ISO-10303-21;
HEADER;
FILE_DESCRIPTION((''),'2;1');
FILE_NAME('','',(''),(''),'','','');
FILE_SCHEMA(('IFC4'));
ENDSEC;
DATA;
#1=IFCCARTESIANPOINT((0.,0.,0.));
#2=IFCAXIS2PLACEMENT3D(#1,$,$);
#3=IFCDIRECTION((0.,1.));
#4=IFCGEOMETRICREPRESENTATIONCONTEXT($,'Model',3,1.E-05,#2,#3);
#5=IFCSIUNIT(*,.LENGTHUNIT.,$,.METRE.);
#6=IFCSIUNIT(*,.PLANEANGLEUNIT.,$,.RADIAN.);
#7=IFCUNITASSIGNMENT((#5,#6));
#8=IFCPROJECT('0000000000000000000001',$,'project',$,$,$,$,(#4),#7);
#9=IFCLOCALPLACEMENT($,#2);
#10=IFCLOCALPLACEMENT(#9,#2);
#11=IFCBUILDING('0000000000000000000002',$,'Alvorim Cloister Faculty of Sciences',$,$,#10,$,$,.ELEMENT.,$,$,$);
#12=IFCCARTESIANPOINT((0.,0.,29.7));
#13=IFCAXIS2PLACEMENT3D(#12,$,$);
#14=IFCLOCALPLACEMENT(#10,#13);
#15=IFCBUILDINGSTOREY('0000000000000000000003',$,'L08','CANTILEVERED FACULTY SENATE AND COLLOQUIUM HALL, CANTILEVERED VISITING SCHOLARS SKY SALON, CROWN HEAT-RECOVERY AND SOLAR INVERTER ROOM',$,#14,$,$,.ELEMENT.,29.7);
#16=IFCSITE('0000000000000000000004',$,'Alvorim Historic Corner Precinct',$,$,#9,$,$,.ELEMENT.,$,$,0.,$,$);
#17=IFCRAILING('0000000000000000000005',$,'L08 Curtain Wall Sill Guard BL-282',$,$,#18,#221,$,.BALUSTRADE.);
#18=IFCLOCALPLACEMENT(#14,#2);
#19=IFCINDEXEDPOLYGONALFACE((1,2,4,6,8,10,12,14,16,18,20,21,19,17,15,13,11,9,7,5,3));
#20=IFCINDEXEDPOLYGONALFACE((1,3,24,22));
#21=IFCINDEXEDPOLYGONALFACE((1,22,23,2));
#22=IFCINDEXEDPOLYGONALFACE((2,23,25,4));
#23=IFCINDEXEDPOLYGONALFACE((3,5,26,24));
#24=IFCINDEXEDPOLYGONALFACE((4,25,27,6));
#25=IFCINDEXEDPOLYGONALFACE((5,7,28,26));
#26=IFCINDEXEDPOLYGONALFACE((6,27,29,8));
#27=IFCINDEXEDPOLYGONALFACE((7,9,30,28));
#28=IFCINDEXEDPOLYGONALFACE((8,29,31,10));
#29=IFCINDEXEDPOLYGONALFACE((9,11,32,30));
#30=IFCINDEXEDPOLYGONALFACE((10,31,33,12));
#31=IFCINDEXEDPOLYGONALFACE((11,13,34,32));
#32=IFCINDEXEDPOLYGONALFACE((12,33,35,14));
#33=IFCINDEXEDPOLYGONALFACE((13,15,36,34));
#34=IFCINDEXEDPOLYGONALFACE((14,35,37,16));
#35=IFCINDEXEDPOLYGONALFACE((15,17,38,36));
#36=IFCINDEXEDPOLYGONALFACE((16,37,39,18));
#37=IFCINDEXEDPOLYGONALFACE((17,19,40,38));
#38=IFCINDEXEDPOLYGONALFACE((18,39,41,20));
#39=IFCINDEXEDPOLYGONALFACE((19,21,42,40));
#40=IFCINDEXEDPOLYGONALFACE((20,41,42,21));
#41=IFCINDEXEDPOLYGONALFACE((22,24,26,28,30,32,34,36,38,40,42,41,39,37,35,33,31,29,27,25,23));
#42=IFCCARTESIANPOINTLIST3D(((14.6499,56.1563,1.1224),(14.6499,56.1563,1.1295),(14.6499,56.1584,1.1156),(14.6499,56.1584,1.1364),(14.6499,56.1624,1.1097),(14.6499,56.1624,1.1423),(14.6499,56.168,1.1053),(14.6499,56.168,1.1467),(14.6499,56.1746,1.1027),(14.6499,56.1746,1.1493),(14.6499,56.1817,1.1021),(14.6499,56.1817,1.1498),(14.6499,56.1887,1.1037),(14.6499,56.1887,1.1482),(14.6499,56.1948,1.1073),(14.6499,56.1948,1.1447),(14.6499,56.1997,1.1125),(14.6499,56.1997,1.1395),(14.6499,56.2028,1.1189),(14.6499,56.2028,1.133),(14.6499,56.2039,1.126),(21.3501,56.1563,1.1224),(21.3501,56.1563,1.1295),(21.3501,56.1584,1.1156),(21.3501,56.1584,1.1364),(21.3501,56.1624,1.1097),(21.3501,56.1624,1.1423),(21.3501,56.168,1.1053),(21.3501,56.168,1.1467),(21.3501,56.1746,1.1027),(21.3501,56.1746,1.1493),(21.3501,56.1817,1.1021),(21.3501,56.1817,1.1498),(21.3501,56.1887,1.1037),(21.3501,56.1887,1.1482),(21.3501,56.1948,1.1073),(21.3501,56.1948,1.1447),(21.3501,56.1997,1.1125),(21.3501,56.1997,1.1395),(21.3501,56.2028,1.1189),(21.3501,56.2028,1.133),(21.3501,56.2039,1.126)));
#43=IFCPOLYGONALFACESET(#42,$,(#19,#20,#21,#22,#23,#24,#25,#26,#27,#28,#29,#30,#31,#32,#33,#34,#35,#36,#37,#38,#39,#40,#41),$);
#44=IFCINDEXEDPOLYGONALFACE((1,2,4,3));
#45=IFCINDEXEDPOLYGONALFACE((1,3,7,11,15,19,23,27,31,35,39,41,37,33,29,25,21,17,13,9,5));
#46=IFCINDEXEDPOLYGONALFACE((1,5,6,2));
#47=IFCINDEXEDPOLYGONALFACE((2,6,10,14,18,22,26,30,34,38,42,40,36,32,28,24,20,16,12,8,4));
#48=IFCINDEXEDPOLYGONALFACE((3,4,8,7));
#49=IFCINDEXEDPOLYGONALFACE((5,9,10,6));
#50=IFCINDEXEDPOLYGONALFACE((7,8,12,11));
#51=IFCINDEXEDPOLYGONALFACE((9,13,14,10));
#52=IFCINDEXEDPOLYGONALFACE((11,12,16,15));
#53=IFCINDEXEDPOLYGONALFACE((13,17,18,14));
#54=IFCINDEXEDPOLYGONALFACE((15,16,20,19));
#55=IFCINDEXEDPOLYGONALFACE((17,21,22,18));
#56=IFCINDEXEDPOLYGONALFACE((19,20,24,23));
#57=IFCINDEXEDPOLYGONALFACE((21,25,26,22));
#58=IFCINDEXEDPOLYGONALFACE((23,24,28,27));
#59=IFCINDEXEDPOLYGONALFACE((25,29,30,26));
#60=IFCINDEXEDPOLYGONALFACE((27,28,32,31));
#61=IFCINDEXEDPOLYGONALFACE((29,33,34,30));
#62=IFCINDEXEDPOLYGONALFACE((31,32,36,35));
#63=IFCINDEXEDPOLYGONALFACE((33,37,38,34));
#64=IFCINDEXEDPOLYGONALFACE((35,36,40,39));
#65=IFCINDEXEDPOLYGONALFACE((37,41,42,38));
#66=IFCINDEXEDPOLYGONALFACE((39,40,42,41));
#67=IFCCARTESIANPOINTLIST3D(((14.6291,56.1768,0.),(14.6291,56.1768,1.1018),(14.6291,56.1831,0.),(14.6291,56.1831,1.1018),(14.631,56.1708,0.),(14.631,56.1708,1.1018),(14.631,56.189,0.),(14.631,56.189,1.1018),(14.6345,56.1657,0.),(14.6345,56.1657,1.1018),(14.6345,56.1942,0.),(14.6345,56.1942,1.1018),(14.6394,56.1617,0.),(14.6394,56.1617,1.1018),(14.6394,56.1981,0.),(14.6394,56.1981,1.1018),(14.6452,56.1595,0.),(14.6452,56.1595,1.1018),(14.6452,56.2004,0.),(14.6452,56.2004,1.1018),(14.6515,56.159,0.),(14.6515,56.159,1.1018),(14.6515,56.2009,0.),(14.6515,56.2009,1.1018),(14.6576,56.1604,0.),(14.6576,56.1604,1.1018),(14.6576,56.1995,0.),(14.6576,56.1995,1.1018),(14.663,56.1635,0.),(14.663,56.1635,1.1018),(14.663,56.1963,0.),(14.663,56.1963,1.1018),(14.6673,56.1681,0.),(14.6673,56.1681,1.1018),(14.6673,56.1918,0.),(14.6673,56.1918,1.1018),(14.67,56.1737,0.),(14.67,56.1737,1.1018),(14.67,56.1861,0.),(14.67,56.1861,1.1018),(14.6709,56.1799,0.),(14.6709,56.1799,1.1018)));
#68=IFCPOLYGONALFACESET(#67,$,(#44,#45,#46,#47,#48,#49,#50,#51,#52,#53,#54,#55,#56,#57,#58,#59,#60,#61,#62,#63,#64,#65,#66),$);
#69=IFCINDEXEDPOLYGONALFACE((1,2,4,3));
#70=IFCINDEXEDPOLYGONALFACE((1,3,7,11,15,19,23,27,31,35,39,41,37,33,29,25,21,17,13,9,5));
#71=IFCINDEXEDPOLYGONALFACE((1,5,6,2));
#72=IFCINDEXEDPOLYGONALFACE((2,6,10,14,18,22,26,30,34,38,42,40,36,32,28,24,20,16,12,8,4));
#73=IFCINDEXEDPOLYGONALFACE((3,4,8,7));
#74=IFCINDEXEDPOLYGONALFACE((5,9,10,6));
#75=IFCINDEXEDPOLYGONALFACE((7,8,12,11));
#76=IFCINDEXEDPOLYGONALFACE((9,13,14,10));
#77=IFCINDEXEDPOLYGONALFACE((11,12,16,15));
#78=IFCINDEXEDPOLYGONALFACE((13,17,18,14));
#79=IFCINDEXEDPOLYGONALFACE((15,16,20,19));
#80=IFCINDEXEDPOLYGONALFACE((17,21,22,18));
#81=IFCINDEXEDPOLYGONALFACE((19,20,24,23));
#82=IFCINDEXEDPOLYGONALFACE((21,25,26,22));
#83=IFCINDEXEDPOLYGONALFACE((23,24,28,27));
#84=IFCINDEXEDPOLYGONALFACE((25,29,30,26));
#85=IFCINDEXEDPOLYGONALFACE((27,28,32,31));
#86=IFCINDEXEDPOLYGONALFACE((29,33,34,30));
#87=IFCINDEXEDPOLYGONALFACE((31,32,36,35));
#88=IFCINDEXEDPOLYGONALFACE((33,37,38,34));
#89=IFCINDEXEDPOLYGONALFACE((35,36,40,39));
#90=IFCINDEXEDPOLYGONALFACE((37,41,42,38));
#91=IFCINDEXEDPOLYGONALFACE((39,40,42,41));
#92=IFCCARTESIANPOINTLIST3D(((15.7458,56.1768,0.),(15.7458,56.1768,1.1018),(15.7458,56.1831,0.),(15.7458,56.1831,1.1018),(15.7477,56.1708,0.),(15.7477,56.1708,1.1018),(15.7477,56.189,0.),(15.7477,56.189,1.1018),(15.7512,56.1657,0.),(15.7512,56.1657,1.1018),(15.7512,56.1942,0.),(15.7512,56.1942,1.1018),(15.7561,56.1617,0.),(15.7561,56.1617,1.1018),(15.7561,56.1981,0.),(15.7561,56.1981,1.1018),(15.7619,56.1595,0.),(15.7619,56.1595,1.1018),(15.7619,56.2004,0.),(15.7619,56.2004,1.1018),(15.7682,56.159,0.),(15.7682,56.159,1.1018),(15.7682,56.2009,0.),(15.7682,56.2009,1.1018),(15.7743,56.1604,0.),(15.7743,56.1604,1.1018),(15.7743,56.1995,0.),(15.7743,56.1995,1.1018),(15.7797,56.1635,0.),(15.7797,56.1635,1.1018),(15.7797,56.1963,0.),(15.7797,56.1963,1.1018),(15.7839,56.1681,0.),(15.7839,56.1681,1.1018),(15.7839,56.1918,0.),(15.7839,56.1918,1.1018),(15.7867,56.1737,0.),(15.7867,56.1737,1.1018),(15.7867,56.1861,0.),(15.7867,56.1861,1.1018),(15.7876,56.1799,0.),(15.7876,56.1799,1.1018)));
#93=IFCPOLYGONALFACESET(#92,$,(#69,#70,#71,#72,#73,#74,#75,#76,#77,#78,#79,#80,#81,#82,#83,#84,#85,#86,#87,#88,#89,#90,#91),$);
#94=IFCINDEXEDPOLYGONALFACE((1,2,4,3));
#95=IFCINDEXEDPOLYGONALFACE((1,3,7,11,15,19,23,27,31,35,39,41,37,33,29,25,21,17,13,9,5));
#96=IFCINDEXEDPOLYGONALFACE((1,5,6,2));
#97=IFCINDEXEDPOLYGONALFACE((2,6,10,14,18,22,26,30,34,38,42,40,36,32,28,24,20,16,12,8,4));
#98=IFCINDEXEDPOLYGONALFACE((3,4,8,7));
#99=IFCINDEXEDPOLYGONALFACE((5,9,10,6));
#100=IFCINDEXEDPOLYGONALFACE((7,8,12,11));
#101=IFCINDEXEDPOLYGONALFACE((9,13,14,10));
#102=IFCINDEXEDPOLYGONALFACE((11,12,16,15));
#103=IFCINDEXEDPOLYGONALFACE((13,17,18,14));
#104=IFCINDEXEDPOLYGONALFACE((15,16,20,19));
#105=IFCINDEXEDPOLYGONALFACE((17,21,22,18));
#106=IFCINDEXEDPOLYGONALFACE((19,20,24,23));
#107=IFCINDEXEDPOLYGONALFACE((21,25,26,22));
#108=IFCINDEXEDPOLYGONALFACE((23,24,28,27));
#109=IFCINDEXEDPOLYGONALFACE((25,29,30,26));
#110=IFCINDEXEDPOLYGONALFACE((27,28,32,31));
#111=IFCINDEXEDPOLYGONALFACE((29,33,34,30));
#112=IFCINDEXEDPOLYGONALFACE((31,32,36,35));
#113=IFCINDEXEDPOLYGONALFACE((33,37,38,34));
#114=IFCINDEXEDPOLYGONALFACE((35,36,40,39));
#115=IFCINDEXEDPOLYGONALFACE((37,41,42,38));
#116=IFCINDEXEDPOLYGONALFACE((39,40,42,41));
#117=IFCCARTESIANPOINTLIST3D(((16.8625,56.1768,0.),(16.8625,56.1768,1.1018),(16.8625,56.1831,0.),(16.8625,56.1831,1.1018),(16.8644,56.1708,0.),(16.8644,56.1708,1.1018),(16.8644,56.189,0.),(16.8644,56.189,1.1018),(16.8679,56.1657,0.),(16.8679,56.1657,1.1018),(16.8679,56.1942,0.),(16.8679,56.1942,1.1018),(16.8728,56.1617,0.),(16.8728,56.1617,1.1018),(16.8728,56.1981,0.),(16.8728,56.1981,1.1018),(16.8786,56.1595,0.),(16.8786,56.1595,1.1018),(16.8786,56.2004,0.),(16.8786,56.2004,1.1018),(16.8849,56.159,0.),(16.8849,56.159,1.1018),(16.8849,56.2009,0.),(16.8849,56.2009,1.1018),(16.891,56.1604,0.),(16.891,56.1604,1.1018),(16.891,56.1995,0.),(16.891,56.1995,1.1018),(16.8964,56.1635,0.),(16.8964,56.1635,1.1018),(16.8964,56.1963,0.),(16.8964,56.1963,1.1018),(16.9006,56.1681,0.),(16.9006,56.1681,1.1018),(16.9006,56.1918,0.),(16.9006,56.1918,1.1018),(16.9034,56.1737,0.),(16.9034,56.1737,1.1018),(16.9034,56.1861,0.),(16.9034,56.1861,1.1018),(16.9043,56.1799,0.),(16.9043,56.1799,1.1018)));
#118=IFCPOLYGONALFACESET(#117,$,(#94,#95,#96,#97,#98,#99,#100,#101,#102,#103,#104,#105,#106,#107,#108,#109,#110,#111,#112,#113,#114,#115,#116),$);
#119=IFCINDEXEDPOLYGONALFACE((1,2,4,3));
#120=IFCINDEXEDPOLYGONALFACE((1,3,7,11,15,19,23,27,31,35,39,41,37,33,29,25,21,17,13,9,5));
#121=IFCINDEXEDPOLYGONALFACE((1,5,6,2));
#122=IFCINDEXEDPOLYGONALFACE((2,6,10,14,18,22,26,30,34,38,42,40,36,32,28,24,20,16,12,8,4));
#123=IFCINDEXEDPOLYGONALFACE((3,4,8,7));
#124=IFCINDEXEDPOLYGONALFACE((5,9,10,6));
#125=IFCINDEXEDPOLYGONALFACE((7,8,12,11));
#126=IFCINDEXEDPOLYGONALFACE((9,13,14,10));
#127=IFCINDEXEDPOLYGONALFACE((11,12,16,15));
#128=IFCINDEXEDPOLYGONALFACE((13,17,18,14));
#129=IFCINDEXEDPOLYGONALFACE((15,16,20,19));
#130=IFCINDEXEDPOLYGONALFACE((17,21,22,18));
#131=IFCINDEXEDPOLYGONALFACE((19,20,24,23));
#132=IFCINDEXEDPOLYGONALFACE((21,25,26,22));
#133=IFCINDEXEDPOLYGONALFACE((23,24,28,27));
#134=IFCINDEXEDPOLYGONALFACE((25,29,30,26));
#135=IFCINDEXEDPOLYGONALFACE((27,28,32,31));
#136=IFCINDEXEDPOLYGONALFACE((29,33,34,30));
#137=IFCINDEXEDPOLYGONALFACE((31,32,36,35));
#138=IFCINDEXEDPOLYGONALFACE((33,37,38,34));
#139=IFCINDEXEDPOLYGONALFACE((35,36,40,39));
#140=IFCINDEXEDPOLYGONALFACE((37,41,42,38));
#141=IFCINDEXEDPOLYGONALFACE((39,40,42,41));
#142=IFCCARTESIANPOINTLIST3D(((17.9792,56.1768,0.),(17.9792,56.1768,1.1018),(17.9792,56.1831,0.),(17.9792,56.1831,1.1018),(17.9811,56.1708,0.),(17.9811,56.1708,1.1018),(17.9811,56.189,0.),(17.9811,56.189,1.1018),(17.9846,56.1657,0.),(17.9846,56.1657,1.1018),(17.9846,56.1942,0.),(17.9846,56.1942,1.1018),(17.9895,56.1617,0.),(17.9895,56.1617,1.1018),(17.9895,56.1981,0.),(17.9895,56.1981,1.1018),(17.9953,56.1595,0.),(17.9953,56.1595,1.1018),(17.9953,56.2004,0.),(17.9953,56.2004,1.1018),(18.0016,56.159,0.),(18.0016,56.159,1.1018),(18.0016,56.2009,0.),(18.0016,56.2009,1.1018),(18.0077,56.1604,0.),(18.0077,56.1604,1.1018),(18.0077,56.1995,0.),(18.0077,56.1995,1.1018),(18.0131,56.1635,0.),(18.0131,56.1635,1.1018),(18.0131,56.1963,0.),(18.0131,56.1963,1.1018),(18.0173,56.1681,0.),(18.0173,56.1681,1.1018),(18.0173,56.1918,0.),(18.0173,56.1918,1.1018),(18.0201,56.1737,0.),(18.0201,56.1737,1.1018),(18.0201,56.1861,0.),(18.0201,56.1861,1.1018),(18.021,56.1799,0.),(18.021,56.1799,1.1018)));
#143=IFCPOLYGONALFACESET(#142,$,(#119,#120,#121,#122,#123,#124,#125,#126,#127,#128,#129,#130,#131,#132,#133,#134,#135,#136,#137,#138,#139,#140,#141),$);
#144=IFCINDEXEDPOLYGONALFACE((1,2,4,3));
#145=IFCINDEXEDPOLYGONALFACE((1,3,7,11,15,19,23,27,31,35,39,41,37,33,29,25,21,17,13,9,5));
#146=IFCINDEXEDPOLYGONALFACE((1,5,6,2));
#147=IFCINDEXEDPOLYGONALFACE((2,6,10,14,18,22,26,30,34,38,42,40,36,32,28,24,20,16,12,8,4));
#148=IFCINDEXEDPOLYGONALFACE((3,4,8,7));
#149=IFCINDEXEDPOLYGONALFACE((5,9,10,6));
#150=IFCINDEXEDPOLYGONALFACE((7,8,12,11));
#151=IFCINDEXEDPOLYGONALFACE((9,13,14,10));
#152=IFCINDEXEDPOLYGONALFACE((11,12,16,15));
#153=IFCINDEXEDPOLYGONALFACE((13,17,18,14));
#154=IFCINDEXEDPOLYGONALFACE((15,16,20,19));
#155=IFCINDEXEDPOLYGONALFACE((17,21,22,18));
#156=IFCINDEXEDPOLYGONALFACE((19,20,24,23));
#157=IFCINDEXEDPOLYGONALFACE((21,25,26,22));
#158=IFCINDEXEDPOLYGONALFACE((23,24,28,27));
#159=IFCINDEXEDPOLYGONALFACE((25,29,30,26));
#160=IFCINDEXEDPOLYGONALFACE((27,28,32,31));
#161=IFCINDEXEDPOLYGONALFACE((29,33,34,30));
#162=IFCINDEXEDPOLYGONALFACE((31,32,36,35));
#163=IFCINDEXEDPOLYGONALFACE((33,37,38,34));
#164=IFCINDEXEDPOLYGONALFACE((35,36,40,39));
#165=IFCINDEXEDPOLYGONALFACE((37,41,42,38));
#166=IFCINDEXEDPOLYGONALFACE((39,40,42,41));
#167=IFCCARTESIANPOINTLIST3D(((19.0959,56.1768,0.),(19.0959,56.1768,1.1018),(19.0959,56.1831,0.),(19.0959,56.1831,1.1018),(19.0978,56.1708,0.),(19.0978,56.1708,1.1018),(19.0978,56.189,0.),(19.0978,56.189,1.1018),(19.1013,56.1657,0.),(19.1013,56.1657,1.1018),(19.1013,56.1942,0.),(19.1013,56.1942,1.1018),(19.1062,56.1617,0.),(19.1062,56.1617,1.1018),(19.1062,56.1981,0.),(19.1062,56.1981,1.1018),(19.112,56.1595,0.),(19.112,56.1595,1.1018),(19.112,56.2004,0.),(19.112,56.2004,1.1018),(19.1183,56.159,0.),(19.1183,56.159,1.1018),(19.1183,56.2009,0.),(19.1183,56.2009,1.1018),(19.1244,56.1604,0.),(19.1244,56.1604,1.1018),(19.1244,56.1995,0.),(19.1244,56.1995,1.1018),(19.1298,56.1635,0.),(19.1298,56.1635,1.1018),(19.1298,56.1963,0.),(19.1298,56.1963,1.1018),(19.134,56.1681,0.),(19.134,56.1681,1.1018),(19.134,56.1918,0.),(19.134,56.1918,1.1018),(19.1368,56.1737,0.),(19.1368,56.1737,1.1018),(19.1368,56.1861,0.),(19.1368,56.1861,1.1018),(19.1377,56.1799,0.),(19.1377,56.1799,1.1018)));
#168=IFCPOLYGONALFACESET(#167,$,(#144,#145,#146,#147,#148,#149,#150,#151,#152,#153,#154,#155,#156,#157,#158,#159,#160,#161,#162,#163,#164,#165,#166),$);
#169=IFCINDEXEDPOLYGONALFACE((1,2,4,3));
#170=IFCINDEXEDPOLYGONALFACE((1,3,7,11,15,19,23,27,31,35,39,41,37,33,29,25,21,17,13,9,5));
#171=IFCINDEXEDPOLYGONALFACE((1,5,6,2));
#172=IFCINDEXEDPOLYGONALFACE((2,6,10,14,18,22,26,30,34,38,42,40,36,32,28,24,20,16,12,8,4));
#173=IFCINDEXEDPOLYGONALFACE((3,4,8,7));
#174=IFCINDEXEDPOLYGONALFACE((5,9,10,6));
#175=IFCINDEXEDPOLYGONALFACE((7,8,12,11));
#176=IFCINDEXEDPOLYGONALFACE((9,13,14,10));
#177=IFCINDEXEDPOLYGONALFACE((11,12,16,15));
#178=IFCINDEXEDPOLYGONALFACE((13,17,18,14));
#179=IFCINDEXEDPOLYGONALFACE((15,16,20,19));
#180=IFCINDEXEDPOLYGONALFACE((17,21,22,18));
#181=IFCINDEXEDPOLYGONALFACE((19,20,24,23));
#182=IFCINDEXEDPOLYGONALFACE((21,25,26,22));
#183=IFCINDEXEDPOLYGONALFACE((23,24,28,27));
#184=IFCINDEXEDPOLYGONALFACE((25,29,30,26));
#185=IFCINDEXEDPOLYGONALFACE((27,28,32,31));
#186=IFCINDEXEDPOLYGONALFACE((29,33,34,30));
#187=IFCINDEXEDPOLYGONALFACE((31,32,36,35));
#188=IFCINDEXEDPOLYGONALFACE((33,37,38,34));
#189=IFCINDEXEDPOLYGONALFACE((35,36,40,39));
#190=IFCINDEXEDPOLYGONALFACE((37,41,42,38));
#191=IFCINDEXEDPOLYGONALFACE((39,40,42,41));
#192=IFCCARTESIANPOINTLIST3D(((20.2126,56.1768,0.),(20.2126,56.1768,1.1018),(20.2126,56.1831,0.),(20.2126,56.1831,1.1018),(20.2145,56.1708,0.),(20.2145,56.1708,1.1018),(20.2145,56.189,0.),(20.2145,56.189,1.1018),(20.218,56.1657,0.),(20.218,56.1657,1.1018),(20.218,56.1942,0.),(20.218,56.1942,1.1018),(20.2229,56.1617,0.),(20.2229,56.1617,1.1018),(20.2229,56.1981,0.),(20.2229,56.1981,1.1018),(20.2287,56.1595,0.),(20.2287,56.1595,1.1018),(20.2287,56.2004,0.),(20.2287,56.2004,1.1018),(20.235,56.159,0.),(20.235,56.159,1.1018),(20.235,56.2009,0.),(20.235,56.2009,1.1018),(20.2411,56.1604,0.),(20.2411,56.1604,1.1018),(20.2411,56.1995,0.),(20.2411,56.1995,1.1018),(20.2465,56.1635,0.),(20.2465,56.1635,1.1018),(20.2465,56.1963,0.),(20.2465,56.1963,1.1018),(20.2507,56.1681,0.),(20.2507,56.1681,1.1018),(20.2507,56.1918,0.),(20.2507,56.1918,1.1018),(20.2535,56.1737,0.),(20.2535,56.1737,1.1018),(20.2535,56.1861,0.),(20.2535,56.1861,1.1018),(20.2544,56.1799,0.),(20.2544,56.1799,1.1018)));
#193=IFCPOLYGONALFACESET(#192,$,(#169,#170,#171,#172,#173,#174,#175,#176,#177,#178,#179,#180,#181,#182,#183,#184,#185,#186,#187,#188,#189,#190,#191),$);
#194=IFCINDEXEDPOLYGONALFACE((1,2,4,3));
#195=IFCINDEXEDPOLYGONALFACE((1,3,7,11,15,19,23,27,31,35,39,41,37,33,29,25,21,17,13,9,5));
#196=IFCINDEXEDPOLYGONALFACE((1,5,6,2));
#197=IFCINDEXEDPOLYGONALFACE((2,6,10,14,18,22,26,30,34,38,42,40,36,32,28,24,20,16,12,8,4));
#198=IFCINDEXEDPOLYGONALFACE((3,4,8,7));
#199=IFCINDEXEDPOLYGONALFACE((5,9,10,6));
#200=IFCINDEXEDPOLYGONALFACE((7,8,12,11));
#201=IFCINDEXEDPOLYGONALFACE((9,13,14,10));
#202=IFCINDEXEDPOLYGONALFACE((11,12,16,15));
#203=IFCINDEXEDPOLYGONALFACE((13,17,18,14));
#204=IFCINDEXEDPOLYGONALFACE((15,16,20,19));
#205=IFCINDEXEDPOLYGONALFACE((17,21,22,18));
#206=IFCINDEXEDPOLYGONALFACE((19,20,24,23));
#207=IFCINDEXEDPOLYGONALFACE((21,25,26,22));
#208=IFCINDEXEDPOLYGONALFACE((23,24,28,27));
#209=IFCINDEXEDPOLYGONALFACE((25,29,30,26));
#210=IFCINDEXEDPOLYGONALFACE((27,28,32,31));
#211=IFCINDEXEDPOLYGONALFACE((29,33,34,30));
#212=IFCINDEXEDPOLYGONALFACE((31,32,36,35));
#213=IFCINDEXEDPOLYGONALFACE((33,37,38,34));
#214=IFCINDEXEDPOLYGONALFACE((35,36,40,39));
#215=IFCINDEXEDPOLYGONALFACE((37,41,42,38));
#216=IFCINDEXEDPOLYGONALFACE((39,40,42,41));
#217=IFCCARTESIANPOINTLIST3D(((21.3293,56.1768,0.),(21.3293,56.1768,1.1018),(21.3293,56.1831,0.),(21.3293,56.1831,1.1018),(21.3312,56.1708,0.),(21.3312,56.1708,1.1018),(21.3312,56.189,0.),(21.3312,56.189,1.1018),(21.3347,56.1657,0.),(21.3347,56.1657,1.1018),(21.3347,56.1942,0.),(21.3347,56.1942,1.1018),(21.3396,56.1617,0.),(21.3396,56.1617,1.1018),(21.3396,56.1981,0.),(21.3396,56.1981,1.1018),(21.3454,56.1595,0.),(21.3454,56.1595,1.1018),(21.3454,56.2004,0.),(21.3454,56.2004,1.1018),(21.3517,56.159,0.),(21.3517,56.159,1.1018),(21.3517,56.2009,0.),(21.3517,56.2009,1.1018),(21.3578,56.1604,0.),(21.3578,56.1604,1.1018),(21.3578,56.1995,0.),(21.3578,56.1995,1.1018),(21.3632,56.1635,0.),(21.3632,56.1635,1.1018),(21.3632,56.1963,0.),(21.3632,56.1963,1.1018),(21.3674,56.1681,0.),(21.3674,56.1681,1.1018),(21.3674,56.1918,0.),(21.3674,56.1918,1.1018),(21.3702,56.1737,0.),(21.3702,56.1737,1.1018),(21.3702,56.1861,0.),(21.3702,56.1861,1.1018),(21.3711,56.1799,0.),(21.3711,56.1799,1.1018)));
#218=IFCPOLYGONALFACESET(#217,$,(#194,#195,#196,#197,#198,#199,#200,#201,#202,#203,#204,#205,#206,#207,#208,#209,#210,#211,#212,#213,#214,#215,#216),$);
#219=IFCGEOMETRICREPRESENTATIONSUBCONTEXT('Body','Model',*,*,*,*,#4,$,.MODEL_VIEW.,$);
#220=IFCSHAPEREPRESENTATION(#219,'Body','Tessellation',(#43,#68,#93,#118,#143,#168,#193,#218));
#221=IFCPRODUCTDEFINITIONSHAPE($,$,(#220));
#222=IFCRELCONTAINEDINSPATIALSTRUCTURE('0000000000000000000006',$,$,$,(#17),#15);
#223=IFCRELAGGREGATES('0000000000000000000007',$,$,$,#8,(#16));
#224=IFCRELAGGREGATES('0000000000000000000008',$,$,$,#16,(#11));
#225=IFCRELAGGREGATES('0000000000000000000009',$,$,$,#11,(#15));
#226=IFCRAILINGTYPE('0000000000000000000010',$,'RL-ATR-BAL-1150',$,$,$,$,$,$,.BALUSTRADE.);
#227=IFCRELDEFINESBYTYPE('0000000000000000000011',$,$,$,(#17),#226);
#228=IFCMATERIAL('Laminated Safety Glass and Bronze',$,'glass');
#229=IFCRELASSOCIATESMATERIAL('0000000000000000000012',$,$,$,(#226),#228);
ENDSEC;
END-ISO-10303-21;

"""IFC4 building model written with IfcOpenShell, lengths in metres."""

from ifc_helpers import new_model, si_unit, direction, frame, origin, origin_2d, place, context, subcontext, project, spatial, circle, extrude, material, type_object, element, save


model = new_model("IFC4")

# Units and contexts
model_context = context("Model", 3, precision=1e-05, world=origin(), true_north=direction((0.0, 1.0)))
body_context = subcontext(model_context, "Body", "Model", "MODEL_VIEW")
ifc_project = project(units=[si_unit("LENGTHUNIT", "METRE"), si_unit("PLANEANGLEUNIT", "RADIAN")], contexts=[model_context])

# Site, building, storey
site_placement = place(None, origin())
site = spatial("IfcSite", under=ifc_project, at=site_placement, Name="Alvorim Historic Corner Precinct", CompositionType="ELEMENT", RefElevation=0.0)
building_placement = place(site_placement, origin())
building = spatial("IfcBuilding", under=site, at=building_placement, Name="Alvorim Cloister Faculty of Sciences", CompositionType="ELEMENT")
storey_placement = place(building_placement, frame((0.0, 0.0, 29.7)))
storey = spatial("IfcBuildingStorey", under=building, at=storey_placement, Name="L08", Description="CANTILEVERED FACULTY SENATE AND COLLOQUIUM HALL, CANTILEVERED VISITING SCHOLARS SKY SALON, CROWN HEAT-RECOVERY AND SOLAR INVERTER ROOM", CompositionType="ELEMENT", Elevation=29.7)

# Railing
ifc_material_1 = material(Name="Laminated Safety Glass and Bronze", Category="glass")
railing_type = type_object("IfcRailingType", Name="RL-ATR-BAL-1150", PredefinedType="BALUSTRADE", material=ifc_material_1)
railing_placement = place(storey_placement, frame((14.6499, 56.1799, 0.0)))
element("IfcRailing", 1, at=railing_placement, inside=storey, type_object=railing_type, Name="L08 Curtain Wall Sill Guard BL-282", PredefinedType="BALUSTRADE", context=body_context, shape_type="SweptSolid", body=[
    extrude(circle(Radius=0.0239, at=origin_2d()), frame((0.0, 0.0, 1.126), z_axis=(1.0, 0.0, 0.0), x_axis=(0.0, 1.0, 0.0)), (0.0, 0.0, 1.0), 6.7002),
    extrude(circle(Radius=0.021, at=origin_2d()), origin(), (0.0, 0.0, 1.0), 1.1018),
    extrude(circle(Radius=0.021, at=origin_2d()), frame((1.1167, 0.0, 0.0)), (0.0, 0.0, 1.0), 1.1018),
    extrude(circle(Radius=0.021, at=origin_2d()), frame((2.2334, 0.0, 0.0)), (0.0, 0.0, 1.0), 1.1018),
    extrude(circle(Radius=0.021, at=origin_2d()), frame((3.3501, 0.0, 0.0)), (0.0, 0.0, 1.0), 1.1018),
    extrude(circle(Radius=0.021, at=origin_2d()), frame((4.4668, 0.0, 0.0)), (0.0, 0.0, 1.0), 1.1018),
    extrude(circle(Radius=0.021, at=origin_2d()), frame((5.5835, 0.0, 0.0)), (0.0, 0.0, 1.0), 1.1018),
    extrude(circle(Radius=0.021, at=origin_2d()), frame((6.7002, 0.0, 0.0)), (0.0, 0.0, 1.0), 1.1018),
])

save(model, "model.ifc")
